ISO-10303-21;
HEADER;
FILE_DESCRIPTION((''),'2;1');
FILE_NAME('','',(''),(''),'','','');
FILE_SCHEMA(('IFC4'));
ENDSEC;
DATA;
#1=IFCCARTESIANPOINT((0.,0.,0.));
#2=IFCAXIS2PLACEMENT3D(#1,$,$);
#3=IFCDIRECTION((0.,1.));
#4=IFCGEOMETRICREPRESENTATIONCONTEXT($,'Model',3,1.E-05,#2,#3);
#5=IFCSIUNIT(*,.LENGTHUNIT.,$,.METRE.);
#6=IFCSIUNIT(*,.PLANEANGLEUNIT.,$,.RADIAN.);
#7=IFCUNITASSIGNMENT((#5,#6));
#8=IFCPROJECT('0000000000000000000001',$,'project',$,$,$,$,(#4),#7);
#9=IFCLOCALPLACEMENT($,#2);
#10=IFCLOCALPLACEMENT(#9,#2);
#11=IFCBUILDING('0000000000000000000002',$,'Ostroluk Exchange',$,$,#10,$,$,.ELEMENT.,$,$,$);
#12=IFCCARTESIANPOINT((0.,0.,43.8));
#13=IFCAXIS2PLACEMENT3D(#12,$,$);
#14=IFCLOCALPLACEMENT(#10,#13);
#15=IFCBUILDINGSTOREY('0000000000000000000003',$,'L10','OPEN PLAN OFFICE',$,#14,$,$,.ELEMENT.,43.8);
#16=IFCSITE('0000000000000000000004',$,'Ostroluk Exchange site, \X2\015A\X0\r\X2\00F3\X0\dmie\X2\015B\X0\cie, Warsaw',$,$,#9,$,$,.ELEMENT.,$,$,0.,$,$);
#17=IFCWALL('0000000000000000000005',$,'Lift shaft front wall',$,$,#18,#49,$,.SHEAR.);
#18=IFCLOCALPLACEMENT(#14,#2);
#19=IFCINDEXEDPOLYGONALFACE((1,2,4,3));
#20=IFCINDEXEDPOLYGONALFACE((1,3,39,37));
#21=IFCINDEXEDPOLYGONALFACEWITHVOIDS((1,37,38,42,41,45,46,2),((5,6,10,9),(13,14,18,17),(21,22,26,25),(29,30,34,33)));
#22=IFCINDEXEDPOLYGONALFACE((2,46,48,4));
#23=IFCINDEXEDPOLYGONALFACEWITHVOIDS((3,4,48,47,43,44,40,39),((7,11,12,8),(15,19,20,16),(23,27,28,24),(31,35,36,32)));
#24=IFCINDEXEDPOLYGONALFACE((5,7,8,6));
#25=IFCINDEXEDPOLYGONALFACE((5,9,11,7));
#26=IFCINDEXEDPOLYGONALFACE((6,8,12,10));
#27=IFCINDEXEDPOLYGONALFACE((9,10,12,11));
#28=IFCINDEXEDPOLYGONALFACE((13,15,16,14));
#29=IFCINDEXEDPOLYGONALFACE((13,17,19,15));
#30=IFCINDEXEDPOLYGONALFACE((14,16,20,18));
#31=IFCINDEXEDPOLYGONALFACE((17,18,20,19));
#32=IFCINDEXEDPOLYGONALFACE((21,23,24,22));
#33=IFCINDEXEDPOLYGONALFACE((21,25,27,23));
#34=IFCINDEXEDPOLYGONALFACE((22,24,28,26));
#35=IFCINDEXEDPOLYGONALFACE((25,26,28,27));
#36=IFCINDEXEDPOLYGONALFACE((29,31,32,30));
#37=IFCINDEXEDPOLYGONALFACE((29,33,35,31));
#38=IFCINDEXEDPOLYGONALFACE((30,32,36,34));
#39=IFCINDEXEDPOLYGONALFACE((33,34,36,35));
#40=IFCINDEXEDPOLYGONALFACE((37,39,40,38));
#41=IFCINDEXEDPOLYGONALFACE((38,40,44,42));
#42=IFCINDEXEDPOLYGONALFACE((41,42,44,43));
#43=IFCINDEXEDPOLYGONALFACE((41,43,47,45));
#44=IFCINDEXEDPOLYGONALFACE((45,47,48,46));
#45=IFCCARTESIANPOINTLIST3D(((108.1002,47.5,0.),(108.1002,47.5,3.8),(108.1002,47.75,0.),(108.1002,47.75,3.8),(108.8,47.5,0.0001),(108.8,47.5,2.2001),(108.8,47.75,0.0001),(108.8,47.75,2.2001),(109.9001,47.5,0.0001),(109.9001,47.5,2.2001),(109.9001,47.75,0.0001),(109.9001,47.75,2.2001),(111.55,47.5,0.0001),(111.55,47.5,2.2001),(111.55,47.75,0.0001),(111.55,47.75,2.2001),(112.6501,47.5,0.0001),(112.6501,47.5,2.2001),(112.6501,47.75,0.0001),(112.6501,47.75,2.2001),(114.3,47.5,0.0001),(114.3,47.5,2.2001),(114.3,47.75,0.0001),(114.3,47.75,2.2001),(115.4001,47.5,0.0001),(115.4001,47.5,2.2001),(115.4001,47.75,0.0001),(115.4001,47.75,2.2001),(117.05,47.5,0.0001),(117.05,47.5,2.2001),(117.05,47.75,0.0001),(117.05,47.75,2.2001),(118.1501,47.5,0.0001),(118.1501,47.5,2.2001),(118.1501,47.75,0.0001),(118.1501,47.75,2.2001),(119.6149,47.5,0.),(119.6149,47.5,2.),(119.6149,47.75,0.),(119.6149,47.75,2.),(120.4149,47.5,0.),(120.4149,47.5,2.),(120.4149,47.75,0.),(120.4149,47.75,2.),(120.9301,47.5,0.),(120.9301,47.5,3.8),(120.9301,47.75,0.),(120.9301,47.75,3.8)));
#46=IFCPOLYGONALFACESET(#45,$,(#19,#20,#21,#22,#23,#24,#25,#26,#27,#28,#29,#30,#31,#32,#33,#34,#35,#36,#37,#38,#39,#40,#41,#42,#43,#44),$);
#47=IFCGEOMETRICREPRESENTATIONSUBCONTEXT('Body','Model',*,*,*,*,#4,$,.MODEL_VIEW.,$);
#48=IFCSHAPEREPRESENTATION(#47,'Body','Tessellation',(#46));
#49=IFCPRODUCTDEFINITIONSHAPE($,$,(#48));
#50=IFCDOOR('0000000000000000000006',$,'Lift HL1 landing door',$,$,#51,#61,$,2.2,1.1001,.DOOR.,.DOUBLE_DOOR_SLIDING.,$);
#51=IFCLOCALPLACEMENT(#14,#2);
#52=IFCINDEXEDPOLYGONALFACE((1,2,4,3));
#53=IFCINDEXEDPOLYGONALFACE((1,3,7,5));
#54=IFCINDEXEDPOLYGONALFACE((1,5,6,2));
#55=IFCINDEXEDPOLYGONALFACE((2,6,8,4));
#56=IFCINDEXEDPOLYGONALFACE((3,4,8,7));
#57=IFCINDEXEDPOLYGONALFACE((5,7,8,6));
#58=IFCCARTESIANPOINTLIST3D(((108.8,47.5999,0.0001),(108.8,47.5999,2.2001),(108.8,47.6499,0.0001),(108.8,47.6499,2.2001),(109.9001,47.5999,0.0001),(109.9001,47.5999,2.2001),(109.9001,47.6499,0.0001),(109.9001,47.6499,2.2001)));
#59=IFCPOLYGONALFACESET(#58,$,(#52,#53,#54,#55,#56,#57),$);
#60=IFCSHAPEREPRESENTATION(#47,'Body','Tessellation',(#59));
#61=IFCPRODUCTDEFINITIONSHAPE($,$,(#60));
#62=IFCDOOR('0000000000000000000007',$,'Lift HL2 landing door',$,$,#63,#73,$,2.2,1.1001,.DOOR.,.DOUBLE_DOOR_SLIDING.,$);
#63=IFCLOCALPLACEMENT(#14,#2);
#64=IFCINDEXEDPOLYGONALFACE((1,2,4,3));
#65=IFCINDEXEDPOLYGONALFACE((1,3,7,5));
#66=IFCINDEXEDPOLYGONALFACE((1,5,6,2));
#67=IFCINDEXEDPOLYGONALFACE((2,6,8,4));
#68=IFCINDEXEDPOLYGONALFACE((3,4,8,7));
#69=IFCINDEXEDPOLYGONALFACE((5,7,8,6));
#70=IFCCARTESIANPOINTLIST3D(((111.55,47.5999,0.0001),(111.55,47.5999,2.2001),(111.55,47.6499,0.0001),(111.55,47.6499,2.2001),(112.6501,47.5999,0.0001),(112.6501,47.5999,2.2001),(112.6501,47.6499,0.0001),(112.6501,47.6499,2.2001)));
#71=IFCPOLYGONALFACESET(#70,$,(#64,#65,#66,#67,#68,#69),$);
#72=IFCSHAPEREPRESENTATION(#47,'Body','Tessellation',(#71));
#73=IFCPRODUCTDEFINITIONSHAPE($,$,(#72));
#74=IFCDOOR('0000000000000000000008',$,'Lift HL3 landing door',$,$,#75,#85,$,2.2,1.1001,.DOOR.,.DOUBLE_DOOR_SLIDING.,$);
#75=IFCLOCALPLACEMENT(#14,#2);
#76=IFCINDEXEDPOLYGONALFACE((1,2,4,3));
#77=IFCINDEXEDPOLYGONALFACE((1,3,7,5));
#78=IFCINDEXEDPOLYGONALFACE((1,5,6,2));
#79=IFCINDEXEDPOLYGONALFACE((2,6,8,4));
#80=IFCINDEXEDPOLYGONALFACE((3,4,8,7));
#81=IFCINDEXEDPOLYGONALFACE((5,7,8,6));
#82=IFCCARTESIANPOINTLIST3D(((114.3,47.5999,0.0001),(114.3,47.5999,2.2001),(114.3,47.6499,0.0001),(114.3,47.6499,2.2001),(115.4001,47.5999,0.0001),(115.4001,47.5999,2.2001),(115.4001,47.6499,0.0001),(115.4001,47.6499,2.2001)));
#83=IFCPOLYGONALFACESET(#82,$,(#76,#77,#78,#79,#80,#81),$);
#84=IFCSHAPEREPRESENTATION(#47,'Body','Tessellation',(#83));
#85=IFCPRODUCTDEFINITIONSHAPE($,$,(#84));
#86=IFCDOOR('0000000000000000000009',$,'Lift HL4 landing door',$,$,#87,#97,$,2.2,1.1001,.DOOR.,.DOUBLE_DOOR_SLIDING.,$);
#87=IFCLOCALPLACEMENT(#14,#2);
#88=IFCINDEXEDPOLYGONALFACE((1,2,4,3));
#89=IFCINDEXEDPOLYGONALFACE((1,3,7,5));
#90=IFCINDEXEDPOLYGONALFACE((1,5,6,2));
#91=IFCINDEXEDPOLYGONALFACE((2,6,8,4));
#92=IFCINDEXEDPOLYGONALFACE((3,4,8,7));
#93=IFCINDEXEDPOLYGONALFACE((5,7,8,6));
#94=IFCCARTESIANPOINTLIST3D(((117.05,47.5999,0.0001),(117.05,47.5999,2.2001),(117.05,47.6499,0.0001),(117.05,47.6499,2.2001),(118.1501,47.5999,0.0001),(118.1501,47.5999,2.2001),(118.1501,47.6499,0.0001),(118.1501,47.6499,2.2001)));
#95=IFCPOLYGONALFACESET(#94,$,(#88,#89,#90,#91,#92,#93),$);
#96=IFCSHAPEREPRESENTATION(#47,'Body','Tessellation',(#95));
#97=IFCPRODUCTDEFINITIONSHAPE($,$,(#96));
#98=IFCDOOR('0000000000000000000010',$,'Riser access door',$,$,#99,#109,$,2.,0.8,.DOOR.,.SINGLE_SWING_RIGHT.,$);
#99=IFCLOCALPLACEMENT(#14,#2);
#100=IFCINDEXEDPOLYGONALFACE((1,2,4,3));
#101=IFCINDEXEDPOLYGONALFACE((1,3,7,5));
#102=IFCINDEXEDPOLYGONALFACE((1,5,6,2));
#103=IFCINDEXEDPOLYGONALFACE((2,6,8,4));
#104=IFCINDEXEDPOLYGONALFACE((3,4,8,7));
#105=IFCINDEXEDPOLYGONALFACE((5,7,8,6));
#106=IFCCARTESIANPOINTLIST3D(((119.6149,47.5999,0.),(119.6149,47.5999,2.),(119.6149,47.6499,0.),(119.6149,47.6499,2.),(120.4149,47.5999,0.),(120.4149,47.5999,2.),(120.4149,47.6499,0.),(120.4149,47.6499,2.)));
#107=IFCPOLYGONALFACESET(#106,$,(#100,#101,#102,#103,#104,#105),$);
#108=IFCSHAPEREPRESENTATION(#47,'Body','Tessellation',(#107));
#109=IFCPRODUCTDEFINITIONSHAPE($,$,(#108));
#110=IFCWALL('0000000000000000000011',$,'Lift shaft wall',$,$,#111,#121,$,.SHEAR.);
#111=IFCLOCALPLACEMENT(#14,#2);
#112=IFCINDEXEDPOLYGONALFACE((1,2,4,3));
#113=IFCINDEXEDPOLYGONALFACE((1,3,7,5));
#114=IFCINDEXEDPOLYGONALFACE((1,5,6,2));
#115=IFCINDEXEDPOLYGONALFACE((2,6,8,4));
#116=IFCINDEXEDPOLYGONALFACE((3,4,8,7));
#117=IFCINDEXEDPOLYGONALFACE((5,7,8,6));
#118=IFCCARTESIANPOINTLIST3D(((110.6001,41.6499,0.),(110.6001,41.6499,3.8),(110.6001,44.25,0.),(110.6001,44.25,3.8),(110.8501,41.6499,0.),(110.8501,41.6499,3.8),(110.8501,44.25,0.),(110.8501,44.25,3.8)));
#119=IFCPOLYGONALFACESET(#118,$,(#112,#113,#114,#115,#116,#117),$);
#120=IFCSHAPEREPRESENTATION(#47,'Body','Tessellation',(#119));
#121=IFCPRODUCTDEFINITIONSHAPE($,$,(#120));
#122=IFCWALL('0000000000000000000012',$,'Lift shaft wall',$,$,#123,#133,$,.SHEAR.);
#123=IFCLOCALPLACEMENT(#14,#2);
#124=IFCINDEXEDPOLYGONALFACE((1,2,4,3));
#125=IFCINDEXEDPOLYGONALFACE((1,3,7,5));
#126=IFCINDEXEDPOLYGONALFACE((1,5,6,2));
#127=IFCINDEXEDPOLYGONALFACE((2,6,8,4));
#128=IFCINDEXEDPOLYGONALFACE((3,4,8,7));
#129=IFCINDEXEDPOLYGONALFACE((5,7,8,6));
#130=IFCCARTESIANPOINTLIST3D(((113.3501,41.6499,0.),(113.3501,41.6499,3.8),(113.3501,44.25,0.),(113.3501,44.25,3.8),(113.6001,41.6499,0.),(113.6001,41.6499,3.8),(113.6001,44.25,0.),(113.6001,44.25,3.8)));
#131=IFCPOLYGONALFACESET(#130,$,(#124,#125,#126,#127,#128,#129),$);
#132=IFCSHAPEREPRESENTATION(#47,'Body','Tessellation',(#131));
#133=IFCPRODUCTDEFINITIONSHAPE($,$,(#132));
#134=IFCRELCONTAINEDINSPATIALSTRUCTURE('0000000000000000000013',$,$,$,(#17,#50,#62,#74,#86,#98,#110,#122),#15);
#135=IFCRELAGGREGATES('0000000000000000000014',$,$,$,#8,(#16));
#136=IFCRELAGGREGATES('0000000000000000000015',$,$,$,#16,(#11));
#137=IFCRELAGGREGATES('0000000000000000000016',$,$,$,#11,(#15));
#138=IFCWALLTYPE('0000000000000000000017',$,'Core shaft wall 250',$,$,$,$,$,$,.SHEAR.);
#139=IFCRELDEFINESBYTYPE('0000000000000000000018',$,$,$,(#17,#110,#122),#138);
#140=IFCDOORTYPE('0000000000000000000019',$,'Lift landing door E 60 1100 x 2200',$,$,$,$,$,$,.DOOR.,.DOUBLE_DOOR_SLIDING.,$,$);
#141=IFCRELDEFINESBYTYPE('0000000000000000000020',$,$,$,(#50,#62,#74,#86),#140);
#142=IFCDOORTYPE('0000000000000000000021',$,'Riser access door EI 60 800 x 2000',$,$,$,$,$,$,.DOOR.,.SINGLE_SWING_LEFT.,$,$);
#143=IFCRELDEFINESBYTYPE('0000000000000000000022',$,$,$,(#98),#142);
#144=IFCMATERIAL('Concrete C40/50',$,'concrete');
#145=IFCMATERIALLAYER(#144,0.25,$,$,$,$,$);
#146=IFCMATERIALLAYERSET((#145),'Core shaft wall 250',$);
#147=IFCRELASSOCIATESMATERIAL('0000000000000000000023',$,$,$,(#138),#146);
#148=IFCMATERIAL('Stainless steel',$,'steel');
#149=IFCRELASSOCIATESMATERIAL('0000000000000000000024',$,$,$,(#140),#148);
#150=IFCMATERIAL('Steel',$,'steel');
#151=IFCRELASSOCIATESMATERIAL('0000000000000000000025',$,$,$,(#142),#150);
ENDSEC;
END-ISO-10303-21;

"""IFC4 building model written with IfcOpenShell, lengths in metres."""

from ifc_helpers import new_model, si_unit, direction, frame, frame_2d, origin, place, context, subcontext, project, spatial, rectangle, extrude, material, layer, layer_set, type_object, element, fill, save


model = new_model("IFC4")

# Units and contexts
model_context = context("Model", 3, precision=1e-05, world=origin(), true_north=direction((0.0, 1.0)))
body_context = subcontext(model_context, "Body", "Model", "MODEL_VIEW")
ifc_project = project(units=[si_unit("LENGTHUNIT", "METRE"), si_unit("PLANEANGLEUNIT", "RADIAN")], contexts=[model_context])

# Site, building, storey
site_placement = place(None, origin())
site = spatial("IfcSite", under=ifc_project, at=site_placement, Name="Ostroluk Exchange site, Śródmieście, Warsaw", CompositionType="ELEMENT", RefElevation=0.0)
building_placement = place(site_placement, origin())
building = spatial("IfcBuilding", under=site, at=building_placement, Name="Ostroluk Exchange", CompositionType="ELEMENT")
storey_placement = place(building_placement, frame((0.0, 0.0, 43.8)))
storey = spatial("IfcBuildingStorey", under=building, at=storey_placement, Name="L10", Description="OPEN PLAN OFFICE", CompositionType="ELEMENT", Elevation=43.8)

# Shared definitions
ifc_material_1 = material(Name="Concrete C40/50", Category="concrete")
ifc_layer_1 = layer(ifc_material_1, 0.25)
ifc_layer_set_1 = layer_set([ifc_layer_1], Name="Core shaft wall 250")
wall_type_1 = type_object("IfcWallType", Name="Core shaft wall 250", PredefinedType="SHEAR", material=ifc_layer_set_1)

# Wall, openings, doors
wall_1_placement = place(storey_placement, frame((108.1001, 47.625, 0.0), z_axis=(0.0, 0.0, 1.0), x_axis=(1.0, 0.0, 0.0)))
wall_1 = element("IfcWall", 1, at=wall_1_placement, inside=storey, type_object=wall_type_1, Name="Lift shaft front wall", PredefinedType="SHEAR", context=body_context, shape_type="SweptSolid", body=[
    extrude(rectangle(XDim=12.8298, YDim=0.25, at=frame_2d((6.415, 0.0))), origin(), (0.0, 0.0, 1.0), 3.8),
])
opening_1_placement = place(wall_1_placement, frame((0.7, 0.0, 0.0)))
opening_1 = element("IfcOpeningElement", 2, at=opening_1_placement, cuts=wall_1, PredefinedType="OPENING", context=body_context, shape_type="SweptSolid", body=[
    extrude(rectangle(XDim=1.1001, YDim=2.2, at=frame_2d((0.55, 1.1001))), frame((0.0, 0.135, 0.0), z_axis=(0.0, -1.0, 0.0), x_axis=(1.0, 0.0, 0.0)), (0.0, 0.0, 1.0), 0.27),
])
opening_2_placement = place(wall_1_placement, frame((3.45, 0.0, 0.0)))
opening_2 = element("IfcOpeningElement", 3, at=opening_2_placement, cuts=wall_1, PredefinedType="OPENING", context=body_context, shape_type="SweptSolid", body=[
    extrude(rectangle(XDim=1.1001, YDim=2.2, at=frame_2d((0.55, 1.1001))), frame((0.0, 0.135, 0.0), z_axis=(0.0, -1.0, 0.0), x_axis=(1.0, 0.0, 0.0)), (0.0, 0.0, 1.0), 0.27),
])
opening_3_placement = place(wall_1_placement, frame((6.2, 0.0, 0.0)))
opening_3 = element("IfcOpeningElement", 4, at=opening_3_placement, cuts=wall_1, PredefinedType="OPENING", context=body_context, shape_type="SweptSolid", body=[
    extrude(rectangle(XDim=1.1001, YDim=2.2, at=frame_2d((0.55, 1.1001))), frame((0.0, 0.135, 0.0), z_axis=(0.0, -1.0, 0.0), x_axis=(1.0, 0.0, 0.0)), (0.0, 0.0, 1.0), 0.27),
])
opening_4_placement = place(wall_1_placement, frame((8.95, 0.0, 0.0)))
opening_4 = element("IfcOpeningElement", 5, at=opening_4_placement, cuts=wall_1, PredefinedType="OPENING", context=body_context, shape_type="SweptSolid", body=[
    extrude(rectangle(XDim=1.1001, YDim=2.2, at=frame_2d((0.55, 1.1001))), frame((0.0, 0.135, 0.0), z_axis=(0.0, -1.0, 0.0), x_axis=(1.0, 0.0, 0.0)), (0.0, 0.0, 1.0), 0.27),
])
opening_5_placement = place(wall_1_placement, frame((11.5149, 0.0, 0.0)))
opening_5 = element("IfcOpeningElement", 6, at=opening_5_placement, cuts=wall_1, PredefinedType="OPENING", context=body_context, shape_type="SweptSolid", body=[
    extrude(rectangle(XDim=0.8, YDim=2.0, at=frame_2d((0.3999, 1.0))), frame((0.0, 0.135, 0.0), z_axis=(0.0, -1.0, 0.0), x_axis=(1.0, 0.0, 0.0)), (0.0, 0.0, 1.0), 0.27),
])
ifc_material_2 = material(Name="Stainless steel", Category="steel")
door_type_1 = type_object("IfcDoorType", Name="Lift landing door E 60 1100 x 2200", OperationType="DOUBLE_DOOR_SLIDING", PredefinedType="DOOR", material=ifc_material_2)
door_1_placement = place(opening_1_placement, origin())
door_1 = element("IfcDoor", 7, at=door_1_placement, inside=storey, type_object=door_type_1, Name="Lift HL1 landing door", OperationType="DOUBLE_DOOR_SLIDING", OverallHeight=2.2, OverallWidth=1.1001, PredefinedType="DOOR", context=body_context, shape_type="SweptSolid", body=[
    extrude(rectangle(XDim=1.1001, YDim=2.2, at=frame_2d((0.55, 1.1001))), frame((0.0, 0.0249, 0.0), z_axis=(0.0, -1.0, 0.0), x_axis=(1.0, 0.0, 0.0)), (0.0, 0.0, 1.0), 0.05),
])
fill(opening_1, door_1)
door_2_placement = place(opening_2_placement, origin())
door_2 = element("IfcDoor", 8, at=door_2_placement, inside=storey, type_object=door_type_1, Name="Lift HL2 landing door", OperationType="DOUBLE_DOOR_SLIDING", OverallHeight=2.2, OverallWidth=1.1001, PredefinedType="DOOR", context=body_context, shape_type="SweptSolid", body=[
    extrude(rectangle(XDim=1.1001, YDim=2.2, at=frame_2d((0.55, 1.1001))), frame((0.0, 0.0249, 0.0), z_axis=(0.0, -1.0, 0.0), x_axis=(1.0, 0.0, 0.0)), (0.0, 0.0, 1.0), 0.05),
])
fill(opening_2, door_2)
door_3_placement = place(opening_3_placement, origin())
door_3 = element("IfcDoor", 9, at=door_3_placement, inside=storey, type_object=door_type_1, Name="Lift HL3 landing door", OperationType="DOUBLE_DOOR_SLIDING", OverallHeight=2.2, OverallWidth=1.1001, PredefinedType="DOOR", context=body_context, shape_type="SweptSolid", body=[
    extrude(rectangle(XDim=1.1001, YDim=2.2, at=frame_2d((0.55, 1.1001))), frame((0.0, 0.0249, 0.0), z_axis=(0.0, -1.0, 0.0), x_axis=(1.0, 0.0, 0.0)), (0.0, 0.0, 1.0), 0.05),
])
fill(opening_3, door_3)
door_4_placement = place(opening_4_placement, origin())
door_4 = element("IfcDoor", 10, at=door_4_placement, inside=storey, type_object=door_type_1, Name="Lift HL4 landing door", OperationType="DOUBLE_DOOR_SLIDING", OverallHeight=2.2, OverallWidth=1.1001, PredefinedType="DOOR", context=body_context, shape_type="SweptSolid", body=[
    extrude(rectangle(XDim=1.1001, YDim=2.2, at=frame_2d((0.55, 1.1001))), frame((0.0, 0.0249, 0.0), z_axis=(0.0, -1.0, 0.0), x_axis=(1.0, 0.0, 0.0)), (0.0, 0.0, 1.0), 0.05),
])
fill(opening_4, door_4)
ifc_material_3 = material(Name="Steel", Category="steel")
door_type_2 = type_object("IfcDoorType", Name="Riser access door EI 60 800 x 2000", OperationType="SINGLE_SWING_LEFT", PredefinedType="DOOR", material=ifc_material_3)
door_5_placement = place(opening_5_placement, origin())
door_5 = element("IfcDoor", 11, at=door_5_placement, inside=storey, type_object=door_type_2, Name="Riser access door", OperationType="SINGLE_SWING_RIGHT", OverallHeight=2.0, OverallWidth=0.8, PredefinedType="DOOR", context=body_context, shape_type="SweptSolid", body=[
    extrude(rectangle(XDim=0.8, YDim=2.0, at=frame_2d((0.3999, 1.0))), frame((0.0, 0.0249, 0.0), z_axis=(0.0, -1.0, 0.0), x_axis=(1.0, 0.0, 0.0)), (0.0, 0.0, 1.0), 0.05),
])
fill(opening_5, door_5)

# Walls
for number, where, z_axis, x_axis, name in (
    (12, (110.7251, 44.25, 0.0), (0.0, 0.0, 1.0), (0.0, -1.0, 0.0), "Lift shaft wall"),
    (13, (113.4751, 44.25, 0.0), (0.0, 0.0, 1.0), (0.0, -1.0, 0.0), "Lift shaft wall"),
):
    element("IfcWall", number, at=place(storey_placement, frame(where, z_axis=z_axis, x_axis=x_axis)), inside=storey, type_object=wall_type_1, Name=name, PredefinedType="SHEAR", context=body_context, shape_type="SweptSolid", body=[
        extrude(rectangle(XDim=2.6001, YDim=0.25, at=frame_2d((1.3, 0.0))), origin(), (0.0, 0.0, 1.0), 3.8),
    ])

save(model, "model.ifc")
